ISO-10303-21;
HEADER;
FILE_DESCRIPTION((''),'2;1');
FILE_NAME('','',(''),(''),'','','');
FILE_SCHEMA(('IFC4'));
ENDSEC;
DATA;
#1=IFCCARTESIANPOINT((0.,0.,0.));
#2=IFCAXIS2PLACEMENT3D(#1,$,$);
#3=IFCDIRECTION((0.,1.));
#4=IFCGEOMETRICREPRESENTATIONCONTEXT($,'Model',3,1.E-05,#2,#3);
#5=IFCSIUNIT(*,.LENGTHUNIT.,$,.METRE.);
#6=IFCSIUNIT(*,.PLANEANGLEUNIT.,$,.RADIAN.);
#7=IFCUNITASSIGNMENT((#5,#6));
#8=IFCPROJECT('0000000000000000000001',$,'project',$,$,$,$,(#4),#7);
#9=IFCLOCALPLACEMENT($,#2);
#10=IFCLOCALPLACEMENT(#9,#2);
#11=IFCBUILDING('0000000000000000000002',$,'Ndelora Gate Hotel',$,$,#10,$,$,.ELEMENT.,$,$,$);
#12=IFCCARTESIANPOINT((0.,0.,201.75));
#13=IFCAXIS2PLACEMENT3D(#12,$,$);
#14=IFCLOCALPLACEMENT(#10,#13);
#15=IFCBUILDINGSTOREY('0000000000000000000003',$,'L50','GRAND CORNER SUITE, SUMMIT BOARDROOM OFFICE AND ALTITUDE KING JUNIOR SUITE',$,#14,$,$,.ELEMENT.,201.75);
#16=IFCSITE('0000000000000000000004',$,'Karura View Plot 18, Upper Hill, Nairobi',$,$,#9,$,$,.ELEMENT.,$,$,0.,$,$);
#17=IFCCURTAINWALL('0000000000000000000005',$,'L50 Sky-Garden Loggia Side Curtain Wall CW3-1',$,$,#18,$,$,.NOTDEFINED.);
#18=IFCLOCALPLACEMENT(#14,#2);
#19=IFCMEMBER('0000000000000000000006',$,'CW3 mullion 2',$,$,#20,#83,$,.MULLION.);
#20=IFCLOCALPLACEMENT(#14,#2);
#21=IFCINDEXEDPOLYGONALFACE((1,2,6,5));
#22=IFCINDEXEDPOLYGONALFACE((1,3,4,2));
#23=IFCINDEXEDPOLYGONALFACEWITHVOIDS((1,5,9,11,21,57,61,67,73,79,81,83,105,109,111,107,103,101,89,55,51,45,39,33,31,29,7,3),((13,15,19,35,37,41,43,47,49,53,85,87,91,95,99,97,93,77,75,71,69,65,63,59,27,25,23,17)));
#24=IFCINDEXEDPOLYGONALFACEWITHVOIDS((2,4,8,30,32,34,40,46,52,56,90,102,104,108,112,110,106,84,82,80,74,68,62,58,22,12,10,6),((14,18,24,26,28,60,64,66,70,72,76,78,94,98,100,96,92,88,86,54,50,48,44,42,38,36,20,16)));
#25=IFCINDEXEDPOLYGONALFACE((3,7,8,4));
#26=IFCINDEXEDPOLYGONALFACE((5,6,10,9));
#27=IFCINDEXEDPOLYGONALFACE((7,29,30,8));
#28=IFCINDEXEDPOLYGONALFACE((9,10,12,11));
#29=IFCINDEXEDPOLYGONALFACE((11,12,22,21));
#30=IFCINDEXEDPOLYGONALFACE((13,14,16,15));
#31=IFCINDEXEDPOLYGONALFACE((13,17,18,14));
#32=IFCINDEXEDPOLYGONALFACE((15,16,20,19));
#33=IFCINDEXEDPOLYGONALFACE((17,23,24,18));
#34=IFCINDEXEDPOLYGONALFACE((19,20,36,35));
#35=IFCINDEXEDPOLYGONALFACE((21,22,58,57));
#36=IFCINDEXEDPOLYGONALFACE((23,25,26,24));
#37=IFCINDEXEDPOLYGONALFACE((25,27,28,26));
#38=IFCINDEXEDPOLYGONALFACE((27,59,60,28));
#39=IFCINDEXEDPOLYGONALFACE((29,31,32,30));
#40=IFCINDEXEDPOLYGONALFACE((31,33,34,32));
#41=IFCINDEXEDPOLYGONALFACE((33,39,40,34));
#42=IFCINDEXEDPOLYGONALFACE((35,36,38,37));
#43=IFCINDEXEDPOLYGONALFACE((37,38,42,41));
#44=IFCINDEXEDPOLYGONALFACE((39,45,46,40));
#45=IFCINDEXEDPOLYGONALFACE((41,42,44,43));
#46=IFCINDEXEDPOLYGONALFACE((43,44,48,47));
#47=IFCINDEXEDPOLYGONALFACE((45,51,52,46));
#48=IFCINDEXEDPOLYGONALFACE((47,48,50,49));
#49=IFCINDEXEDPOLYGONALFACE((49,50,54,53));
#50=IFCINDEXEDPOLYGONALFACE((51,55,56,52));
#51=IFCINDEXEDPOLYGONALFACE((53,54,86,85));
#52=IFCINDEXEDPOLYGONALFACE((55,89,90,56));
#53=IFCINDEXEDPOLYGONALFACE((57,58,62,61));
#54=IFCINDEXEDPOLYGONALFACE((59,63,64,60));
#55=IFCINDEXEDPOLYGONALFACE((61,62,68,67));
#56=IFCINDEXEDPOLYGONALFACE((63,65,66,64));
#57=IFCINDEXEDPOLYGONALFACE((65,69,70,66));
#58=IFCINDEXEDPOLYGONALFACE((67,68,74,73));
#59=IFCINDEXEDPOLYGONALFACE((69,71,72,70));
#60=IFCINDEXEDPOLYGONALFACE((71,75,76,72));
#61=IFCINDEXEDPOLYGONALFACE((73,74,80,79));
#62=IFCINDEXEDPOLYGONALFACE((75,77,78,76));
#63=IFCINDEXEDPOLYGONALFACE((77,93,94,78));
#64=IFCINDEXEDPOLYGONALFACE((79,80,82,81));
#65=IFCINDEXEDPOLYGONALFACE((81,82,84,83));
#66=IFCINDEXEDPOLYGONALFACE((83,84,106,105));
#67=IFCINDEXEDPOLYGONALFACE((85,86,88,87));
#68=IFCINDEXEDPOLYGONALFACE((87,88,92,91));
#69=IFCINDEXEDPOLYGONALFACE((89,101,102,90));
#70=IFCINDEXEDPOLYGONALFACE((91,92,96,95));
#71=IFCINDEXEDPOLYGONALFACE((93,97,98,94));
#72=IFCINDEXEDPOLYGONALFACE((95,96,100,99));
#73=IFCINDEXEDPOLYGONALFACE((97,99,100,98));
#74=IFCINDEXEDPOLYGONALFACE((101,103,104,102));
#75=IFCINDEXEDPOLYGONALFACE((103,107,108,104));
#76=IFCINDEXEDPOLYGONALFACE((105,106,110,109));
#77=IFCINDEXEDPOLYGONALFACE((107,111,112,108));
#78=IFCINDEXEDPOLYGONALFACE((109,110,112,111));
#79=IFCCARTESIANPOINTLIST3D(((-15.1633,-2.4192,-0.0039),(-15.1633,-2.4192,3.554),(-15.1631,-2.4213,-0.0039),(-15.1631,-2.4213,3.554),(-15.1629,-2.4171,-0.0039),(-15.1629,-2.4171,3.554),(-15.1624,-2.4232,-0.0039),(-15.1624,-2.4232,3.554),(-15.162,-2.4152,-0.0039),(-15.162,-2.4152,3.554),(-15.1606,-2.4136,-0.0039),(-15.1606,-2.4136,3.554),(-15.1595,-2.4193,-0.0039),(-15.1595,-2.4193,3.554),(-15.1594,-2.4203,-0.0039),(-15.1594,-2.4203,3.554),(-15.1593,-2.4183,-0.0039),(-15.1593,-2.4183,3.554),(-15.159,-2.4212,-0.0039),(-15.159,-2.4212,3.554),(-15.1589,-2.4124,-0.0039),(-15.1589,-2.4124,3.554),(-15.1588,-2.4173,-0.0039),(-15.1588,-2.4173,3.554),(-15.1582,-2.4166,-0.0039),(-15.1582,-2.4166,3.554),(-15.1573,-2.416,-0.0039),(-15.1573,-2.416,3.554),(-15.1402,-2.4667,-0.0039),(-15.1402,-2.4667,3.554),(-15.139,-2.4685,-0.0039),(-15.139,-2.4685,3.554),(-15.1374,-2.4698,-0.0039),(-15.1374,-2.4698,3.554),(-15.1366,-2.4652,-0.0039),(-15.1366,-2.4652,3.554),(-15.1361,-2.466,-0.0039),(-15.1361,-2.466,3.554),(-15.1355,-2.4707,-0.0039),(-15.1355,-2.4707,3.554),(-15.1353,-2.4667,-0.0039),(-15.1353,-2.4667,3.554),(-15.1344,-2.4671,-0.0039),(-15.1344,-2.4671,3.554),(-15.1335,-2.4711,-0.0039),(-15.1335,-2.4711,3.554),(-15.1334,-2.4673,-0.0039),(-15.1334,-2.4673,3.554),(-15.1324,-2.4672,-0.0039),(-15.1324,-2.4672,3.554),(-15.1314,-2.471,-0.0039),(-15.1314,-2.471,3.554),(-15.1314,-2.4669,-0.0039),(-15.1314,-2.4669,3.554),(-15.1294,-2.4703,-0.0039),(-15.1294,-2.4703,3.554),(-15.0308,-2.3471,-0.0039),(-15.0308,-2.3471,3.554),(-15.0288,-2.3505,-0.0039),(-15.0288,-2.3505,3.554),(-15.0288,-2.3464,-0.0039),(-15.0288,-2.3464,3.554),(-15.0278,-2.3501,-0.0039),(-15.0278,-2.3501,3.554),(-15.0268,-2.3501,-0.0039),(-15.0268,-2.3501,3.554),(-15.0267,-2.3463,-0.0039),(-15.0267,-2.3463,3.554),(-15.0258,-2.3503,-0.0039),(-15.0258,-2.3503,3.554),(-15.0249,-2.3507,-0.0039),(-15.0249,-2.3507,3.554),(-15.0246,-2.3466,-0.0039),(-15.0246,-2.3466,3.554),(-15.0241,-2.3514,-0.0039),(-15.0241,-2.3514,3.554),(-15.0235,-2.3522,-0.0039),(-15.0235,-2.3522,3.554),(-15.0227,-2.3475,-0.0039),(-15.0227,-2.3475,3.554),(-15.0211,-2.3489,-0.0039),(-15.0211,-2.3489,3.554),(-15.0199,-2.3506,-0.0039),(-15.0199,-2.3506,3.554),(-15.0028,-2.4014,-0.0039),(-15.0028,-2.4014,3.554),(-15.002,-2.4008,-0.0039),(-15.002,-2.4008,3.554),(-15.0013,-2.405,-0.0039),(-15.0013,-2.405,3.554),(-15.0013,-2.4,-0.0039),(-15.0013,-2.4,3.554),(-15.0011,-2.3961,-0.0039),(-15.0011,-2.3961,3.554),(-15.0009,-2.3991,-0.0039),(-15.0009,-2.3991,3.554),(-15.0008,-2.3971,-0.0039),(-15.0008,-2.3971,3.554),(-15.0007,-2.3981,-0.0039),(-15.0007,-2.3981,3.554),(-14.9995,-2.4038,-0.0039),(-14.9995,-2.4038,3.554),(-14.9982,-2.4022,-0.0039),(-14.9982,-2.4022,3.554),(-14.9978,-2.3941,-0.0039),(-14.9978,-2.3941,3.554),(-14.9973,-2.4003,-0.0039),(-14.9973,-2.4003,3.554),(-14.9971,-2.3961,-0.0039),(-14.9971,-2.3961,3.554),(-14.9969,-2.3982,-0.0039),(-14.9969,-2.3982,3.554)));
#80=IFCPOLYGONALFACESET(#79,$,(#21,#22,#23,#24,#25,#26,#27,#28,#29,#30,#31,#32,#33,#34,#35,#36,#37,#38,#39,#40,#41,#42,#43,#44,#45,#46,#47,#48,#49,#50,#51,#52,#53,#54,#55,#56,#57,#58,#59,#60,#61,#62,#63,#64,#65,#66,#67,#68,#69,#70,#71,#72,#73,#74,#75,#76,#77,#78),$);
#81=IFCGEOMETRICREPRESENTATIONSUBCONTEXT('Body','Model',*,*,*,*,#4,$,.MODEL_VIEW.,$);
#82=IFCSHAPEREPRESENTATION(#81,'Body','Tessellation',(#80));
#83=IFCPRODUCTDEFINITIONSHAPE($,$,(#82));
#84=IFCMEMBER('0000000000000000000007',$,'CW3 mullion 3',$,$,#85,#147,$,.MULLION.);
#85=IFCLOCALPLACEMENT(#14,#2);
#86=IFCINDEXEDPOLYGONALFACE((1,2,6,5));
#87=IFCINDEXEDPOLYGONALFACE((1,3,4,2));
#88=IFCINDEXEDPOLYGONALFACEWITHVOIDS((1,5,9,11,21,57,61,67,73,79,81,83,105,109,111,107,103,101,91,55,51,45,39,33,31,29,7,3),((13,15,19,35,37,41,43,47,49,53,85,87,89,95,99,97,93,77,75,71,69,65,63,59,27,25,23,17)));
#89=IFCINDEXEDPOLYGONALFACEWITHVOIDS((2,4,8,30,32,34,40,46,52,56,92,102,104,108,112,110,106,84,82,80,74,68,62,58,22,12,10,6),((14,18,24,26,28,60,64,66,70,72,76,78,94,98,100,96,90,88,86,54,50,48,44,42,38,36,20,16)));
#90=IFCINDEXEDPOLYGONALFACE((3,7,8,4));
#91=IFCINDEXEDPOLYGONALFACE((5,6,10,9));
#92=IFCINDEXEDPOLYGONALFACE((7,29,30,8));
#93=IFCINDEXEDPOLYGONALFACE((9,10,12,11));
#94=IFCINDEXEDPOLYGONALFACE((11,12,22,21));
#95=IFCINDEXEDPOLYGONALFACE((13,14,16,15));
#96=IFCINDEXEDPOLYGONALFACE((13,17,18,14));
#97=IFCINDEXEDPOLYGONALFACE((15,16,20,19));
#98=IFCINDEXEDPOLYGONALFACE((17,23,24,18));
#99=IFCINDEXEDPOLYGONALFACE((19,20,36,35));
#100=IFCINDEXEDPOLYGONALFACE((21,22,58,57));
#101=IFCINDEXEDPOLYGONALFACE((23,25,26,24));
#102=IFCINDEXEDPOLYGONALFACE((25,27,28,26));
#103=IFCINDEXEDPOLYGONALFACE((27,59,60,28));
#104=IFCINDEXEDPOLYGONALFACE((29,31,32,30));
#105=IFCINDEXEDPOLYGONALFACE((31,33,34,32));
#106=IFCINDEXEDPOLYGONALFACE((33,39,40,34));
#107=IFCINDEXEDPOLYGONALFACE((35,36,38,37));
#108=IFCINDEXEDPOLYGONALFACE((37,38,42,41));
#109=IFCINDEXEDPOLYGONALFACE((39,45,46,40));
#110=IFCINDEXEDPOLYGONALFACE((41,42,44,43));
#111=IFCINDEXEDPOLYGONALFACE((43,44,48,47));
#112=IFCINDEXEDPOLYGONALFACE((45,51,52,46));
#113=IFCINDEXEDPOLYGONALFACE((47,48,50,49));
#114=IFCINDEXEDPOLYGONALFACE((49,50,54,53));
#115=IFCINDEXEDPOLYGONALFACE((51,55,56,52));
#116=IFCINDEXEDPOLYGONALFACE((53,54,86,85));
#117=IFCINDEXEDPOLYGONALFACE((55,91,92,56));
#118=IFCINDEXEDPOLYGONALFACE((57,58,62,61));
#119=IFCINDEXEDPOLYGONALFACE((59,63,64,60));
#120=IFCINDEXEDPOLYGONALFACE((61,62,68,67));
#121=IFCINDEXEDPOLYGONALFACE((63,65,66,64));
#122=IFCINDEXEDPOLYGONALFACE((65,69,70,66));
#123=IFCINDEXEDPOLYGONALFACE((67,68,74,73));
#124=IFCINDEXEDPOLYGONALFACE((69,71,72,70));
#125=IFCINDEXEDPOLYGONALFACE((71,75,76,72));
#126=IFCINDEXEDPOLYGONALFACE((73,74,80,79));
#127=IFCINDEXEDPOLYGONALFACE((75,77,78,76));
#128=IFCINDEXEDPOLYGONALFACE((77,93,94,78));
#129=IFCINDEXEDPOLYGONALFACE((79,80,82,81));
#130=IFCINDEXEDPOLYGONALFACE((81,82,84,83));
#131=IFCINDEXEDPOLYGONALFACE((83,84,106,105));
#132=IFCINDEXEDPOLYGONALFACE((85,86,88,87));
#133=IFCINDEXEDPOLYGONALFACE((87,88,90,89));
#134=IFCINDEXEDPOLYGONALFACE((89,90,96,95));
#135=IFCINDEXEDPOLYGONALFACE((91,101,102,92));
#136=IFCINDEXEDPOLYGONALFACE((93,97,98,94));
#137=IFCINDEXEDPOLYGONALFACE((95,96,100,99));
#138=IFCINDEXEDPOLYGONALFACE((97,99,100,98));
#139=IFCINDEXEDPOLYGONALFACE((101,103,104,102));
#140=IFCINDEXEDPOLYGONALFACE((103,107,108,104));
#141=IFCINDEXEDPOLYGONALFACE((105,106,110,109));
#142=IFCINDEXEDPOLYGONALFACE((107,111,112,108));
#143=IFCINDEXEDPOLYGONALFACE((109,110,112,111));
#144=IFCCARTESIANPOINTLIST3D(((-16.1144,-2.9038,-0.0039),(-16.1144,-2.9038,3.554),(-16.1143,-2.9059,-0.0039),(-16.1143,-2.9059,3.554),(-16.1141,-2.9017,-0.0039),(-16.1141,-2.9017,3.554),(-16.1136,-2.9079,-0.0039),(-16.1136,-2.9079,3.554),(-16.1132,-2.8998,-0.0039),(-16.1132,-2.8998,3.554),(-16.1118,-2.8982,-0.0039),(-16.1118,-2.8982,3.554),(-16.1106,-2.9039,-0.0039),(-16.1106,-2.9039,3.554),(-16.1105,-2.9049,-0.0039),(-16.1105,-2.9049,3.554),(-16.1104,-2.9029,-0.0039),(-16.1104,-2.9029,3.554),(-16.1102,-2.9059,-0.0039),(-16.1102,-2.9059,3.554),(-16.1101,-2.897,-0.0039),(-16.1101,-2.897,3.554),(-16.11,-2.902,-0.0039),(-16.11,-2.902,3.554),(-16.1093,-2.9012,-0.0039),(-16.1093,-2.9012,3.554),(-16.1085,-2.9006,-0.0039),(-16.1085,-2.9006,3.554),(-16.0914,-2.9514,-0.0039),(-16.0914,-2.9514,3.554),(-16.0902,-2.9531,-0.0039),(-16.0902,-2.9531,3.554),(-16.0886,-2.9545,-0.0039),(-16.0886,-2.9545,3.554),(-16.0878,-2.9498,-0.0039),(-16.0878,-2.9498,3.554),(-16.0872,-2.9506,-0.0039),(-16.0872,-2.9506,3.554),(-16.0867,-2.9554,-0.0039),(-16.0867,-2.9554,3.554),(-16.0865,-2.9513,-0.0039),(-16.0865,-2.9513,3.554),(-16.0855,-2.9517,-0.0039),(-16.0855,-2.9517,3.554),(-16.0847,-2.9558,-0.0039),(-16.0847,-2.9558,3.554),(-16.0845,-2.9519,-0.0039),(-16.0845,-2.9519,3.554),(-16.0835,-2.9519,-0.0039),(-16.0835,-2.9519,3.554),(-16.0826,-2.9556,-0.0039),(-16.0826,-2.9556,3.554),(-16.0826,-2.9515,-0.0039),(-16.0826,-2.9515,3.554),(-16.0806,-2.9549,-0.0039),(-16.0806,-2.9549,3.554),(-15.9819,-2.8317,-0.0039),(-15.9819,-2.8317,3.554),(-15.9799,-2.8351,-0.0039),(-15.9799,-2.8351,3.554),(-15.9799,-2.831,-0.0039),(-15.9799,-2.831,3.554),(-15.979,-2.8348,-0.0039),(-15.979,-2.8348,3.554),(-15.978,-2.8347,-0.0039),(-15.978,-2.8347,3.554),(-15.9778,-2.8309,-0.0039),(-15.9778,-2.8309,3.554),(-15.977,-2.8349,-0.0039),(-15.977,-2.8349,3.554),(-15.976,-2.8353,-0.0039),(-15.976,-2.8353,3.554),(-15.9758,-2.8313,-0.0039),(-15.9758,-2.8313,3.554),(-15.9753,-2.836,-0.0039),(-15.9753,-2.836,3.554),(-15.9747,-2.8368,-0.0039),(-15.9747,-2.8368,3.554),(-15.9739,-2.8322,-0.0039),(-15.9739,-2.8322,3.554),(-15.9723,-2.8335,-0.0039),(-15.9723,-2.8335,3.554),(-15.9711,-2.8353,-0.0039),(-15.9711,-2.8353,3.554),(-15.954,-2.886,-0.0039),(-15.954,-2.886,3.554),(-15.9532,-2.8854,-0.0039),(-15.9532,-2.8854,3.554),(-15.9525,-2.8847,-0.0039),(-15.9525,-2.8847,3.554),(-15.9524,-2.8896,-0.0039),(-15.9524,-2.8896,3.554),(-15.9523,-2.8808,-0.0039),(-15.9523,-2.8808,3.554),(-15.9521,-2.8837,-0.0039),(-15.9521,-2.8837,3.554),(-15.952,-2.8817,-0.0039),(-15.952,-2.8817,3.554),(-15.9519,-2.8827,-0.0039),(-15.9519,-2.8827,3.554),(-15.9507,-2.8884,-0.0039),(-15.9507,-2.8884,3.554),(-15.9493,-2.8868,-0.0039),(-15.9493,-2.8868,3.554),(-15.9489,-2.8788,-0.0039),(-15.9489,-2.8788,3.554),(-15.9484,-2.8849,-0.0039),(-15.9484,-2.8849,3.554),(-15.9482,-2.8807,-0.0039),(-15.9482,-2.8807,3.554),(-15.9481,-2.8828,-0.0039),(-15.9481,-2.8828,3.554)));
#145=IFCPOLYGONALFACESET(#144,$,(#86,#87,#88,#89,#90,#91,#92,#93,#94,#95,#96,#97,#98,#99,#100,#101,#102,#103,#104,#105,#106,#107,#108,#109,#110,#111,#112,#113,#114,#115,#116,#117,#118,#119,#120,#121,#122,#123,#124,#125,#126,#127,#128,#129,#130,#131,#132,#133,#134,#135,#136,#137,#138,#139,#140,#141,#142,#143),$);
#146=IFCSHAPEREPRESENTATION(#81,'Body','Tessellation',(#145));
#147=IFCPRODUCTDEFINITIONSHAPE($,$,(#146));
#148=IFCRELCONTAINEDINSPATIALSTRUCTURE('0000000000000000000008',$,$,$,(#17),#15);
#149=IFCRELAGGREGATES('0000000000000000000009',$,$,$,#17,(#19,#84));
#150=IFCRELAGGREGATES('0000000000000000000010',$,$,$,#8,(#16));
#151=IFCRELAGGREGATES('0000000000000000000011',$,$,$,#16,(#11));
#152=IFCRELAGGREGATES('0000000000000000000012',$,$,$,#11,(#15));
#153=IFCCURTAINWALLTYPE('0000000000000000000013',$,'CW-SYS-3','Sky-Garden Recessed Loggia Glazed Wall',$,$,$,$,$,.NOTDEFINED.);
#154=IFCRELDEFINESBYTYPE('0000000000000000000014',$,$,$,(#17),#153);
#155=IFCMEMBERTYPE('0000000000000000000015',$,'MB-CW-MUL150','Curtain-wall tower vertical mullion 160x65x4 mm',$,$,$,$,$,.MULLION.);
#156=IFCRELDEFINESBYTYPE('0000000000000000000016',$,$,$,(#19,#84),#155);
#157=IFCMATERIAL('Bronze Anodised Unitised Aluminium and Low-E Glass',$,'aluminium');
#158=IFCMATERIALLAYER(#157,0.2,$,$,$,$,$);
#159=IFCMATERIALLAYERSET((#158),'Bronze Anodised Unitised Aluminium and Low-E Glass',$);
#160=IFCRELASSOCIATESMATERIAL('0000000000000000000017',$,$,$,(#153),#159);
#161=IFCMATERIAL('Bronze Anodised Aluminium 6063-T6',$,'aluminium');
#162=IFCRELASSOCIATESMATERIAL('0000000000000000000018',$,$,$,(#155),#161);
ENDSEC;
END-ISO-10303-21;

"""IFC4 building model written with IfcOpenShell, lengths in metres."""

from ifc_helpers import new_model, si_unit, direction, frame, origin, origin_2d, place, context, subcontext, project, spatial, hollow_rectangle, extrude, material, layer, layer_set, material_profile, profile_set, type_object, element, aggregate, save


model = new_model("IFC4")

# Units and contexts
model_context = context("Model", 3, precision=1e-05, world=origin(), true_north=direction((0.0, 1.0)))
body_context = subcontext(model_context, "Body", "Model", "MODEL_VIEW")
ifc_project = project(units=[si_unit("LENGTHUNIT", "METRE"), si_unit("PLANEANGLEUNIT", "RADIAN")], contexts=[model_context])

# Site, building, storey
site_placement = place(None, origin())
site = spatial("IfcSite", under=ifc_project, at=site_placement, Name="Karura View Plot 18, Upper Hill, Nairobi", CompositionType="ELEMENT", RefElevation=0.0)
building_placement = place(site_placement, origin())
building = spatial("IfcBuilding", under=site, at=building_placement, Name="Ndelora Gate Hotel", CompositionType="ELEMENT")
storey_placement = place(building_placement, frame((0.0, 0.0, 201.75)))
storey = spatial("IfcBuildingStorey", under=building, at=storey_placement, Name="L50", Description="GRAND CORNER SUITE, SUMMIT BOARDROOM OFFICE AND ALTITUDE KING JUNIOR SUITE", CompositionType="ELEMENT", Elevation=201.75)

# Curtain wall, members
ifc_material_1 = material(Name="Bronze Anodised Unitised Aluminium and Low-E Glass", Category="aluminium")
ifc_layer_1 = layer(ifc_material_1, 0.2)
ifc_layer_set_1 = layer_set([ifc_layer_1], Name="Bronze Anodised Unitised Aluminium and Low-E Glass")
curtain_wall_type = type_object("IfcCurtainWallType", Name="CW-SYS-3", Description="Sky-Garden Recessed Loggia Glazed Wall", PredefinedType="NOTDEFINED", material=ifc_layer_set_1)
curtain_wall_placement = place(storey_placement, origin())
curtain_wall = element("IfcCurtainWall", 1, at=curtain_wall_placement, inside=storey, type_object=curtain_wall_type, Name="L50 Sky-Garden Loggia Side Curtain Wall CW3-1", PredefinedType="NOTDEFINED")
ifc_material_2 = material(Name="Bronze Anodised Aluminium 6063-T6", Category="aluminium")
ifc_material_profile_1 = material_profile(ifc_material_2, hollow_rectangle(XDim=0.0649, YDim=0.1599, WallThickness=0.0039, InnerFilletRadius=0.0039, OuterFilletRadius=0.0081, at=origin_2d()), Name="ALU 160x65x4")
ifc_profile_set_1 = profile_set([ifc_material_profile_1], Name="Bronze Anodised Aluminium 6063-T6")
member_type_1 = type_object("IfcMemberType", Name="MB-CW-MUL150", Description="Curtain-wall tower vertical mullion 160x65x4 mm", PredefinedType="MULLION", material=ifc_profile_set_1)
member_1_placement = place(storey_placement, frame((-15.0801, -2.4087, -0.0039), z_axis=(0.0, 0.0, 1.0), x_axis=(0.454001, -0.891001, 0.0)))
member_1 = element("IfcMember", 2, at=member_1_placement, type_object=member_type_1, Name="CW3 mullion 2", PredefinedType="MULLION", context=body_context, shape_type="SweptSolid", body=[
    extrude(hollow_rectangle(XDim=0.0649, YDim=0.1599, WallThickness=0.0039, InnerFilletRadius=0.0039, OuterFilletRadius=0.0081, at=origin_2d()), origin(), (0.0, 0.0, 1.0), 3.5579),
])
member_2_placement = place(storey_placement, frame((-16.0312, -2.8933, -0.0039), z_axis=(0.0, 0.0, 1.0), x_axis=(0.454001, -0.891001, 0.0)))
member_2 = element("IfcMember", 3, at=member_2_placement, type_object=member_type_1, Name="CW3 mullion 3", PredefinedType="MULLION", context=body_context, shape_type="SweptSolid", body=[
    extrude(hollow_rectangle(XDim=0.0649, YDim=0.1599, WallThickness=0.0039, InnerFilletRadius=0.0039, OuterFilletRadius=0.0081, at=origin_2d()), origin(), (0.0, 0.0, 1.0), 3.5579),
])
aggregate(curtain_wall, [member_1, member_2])

save(model, "model.ifc")
